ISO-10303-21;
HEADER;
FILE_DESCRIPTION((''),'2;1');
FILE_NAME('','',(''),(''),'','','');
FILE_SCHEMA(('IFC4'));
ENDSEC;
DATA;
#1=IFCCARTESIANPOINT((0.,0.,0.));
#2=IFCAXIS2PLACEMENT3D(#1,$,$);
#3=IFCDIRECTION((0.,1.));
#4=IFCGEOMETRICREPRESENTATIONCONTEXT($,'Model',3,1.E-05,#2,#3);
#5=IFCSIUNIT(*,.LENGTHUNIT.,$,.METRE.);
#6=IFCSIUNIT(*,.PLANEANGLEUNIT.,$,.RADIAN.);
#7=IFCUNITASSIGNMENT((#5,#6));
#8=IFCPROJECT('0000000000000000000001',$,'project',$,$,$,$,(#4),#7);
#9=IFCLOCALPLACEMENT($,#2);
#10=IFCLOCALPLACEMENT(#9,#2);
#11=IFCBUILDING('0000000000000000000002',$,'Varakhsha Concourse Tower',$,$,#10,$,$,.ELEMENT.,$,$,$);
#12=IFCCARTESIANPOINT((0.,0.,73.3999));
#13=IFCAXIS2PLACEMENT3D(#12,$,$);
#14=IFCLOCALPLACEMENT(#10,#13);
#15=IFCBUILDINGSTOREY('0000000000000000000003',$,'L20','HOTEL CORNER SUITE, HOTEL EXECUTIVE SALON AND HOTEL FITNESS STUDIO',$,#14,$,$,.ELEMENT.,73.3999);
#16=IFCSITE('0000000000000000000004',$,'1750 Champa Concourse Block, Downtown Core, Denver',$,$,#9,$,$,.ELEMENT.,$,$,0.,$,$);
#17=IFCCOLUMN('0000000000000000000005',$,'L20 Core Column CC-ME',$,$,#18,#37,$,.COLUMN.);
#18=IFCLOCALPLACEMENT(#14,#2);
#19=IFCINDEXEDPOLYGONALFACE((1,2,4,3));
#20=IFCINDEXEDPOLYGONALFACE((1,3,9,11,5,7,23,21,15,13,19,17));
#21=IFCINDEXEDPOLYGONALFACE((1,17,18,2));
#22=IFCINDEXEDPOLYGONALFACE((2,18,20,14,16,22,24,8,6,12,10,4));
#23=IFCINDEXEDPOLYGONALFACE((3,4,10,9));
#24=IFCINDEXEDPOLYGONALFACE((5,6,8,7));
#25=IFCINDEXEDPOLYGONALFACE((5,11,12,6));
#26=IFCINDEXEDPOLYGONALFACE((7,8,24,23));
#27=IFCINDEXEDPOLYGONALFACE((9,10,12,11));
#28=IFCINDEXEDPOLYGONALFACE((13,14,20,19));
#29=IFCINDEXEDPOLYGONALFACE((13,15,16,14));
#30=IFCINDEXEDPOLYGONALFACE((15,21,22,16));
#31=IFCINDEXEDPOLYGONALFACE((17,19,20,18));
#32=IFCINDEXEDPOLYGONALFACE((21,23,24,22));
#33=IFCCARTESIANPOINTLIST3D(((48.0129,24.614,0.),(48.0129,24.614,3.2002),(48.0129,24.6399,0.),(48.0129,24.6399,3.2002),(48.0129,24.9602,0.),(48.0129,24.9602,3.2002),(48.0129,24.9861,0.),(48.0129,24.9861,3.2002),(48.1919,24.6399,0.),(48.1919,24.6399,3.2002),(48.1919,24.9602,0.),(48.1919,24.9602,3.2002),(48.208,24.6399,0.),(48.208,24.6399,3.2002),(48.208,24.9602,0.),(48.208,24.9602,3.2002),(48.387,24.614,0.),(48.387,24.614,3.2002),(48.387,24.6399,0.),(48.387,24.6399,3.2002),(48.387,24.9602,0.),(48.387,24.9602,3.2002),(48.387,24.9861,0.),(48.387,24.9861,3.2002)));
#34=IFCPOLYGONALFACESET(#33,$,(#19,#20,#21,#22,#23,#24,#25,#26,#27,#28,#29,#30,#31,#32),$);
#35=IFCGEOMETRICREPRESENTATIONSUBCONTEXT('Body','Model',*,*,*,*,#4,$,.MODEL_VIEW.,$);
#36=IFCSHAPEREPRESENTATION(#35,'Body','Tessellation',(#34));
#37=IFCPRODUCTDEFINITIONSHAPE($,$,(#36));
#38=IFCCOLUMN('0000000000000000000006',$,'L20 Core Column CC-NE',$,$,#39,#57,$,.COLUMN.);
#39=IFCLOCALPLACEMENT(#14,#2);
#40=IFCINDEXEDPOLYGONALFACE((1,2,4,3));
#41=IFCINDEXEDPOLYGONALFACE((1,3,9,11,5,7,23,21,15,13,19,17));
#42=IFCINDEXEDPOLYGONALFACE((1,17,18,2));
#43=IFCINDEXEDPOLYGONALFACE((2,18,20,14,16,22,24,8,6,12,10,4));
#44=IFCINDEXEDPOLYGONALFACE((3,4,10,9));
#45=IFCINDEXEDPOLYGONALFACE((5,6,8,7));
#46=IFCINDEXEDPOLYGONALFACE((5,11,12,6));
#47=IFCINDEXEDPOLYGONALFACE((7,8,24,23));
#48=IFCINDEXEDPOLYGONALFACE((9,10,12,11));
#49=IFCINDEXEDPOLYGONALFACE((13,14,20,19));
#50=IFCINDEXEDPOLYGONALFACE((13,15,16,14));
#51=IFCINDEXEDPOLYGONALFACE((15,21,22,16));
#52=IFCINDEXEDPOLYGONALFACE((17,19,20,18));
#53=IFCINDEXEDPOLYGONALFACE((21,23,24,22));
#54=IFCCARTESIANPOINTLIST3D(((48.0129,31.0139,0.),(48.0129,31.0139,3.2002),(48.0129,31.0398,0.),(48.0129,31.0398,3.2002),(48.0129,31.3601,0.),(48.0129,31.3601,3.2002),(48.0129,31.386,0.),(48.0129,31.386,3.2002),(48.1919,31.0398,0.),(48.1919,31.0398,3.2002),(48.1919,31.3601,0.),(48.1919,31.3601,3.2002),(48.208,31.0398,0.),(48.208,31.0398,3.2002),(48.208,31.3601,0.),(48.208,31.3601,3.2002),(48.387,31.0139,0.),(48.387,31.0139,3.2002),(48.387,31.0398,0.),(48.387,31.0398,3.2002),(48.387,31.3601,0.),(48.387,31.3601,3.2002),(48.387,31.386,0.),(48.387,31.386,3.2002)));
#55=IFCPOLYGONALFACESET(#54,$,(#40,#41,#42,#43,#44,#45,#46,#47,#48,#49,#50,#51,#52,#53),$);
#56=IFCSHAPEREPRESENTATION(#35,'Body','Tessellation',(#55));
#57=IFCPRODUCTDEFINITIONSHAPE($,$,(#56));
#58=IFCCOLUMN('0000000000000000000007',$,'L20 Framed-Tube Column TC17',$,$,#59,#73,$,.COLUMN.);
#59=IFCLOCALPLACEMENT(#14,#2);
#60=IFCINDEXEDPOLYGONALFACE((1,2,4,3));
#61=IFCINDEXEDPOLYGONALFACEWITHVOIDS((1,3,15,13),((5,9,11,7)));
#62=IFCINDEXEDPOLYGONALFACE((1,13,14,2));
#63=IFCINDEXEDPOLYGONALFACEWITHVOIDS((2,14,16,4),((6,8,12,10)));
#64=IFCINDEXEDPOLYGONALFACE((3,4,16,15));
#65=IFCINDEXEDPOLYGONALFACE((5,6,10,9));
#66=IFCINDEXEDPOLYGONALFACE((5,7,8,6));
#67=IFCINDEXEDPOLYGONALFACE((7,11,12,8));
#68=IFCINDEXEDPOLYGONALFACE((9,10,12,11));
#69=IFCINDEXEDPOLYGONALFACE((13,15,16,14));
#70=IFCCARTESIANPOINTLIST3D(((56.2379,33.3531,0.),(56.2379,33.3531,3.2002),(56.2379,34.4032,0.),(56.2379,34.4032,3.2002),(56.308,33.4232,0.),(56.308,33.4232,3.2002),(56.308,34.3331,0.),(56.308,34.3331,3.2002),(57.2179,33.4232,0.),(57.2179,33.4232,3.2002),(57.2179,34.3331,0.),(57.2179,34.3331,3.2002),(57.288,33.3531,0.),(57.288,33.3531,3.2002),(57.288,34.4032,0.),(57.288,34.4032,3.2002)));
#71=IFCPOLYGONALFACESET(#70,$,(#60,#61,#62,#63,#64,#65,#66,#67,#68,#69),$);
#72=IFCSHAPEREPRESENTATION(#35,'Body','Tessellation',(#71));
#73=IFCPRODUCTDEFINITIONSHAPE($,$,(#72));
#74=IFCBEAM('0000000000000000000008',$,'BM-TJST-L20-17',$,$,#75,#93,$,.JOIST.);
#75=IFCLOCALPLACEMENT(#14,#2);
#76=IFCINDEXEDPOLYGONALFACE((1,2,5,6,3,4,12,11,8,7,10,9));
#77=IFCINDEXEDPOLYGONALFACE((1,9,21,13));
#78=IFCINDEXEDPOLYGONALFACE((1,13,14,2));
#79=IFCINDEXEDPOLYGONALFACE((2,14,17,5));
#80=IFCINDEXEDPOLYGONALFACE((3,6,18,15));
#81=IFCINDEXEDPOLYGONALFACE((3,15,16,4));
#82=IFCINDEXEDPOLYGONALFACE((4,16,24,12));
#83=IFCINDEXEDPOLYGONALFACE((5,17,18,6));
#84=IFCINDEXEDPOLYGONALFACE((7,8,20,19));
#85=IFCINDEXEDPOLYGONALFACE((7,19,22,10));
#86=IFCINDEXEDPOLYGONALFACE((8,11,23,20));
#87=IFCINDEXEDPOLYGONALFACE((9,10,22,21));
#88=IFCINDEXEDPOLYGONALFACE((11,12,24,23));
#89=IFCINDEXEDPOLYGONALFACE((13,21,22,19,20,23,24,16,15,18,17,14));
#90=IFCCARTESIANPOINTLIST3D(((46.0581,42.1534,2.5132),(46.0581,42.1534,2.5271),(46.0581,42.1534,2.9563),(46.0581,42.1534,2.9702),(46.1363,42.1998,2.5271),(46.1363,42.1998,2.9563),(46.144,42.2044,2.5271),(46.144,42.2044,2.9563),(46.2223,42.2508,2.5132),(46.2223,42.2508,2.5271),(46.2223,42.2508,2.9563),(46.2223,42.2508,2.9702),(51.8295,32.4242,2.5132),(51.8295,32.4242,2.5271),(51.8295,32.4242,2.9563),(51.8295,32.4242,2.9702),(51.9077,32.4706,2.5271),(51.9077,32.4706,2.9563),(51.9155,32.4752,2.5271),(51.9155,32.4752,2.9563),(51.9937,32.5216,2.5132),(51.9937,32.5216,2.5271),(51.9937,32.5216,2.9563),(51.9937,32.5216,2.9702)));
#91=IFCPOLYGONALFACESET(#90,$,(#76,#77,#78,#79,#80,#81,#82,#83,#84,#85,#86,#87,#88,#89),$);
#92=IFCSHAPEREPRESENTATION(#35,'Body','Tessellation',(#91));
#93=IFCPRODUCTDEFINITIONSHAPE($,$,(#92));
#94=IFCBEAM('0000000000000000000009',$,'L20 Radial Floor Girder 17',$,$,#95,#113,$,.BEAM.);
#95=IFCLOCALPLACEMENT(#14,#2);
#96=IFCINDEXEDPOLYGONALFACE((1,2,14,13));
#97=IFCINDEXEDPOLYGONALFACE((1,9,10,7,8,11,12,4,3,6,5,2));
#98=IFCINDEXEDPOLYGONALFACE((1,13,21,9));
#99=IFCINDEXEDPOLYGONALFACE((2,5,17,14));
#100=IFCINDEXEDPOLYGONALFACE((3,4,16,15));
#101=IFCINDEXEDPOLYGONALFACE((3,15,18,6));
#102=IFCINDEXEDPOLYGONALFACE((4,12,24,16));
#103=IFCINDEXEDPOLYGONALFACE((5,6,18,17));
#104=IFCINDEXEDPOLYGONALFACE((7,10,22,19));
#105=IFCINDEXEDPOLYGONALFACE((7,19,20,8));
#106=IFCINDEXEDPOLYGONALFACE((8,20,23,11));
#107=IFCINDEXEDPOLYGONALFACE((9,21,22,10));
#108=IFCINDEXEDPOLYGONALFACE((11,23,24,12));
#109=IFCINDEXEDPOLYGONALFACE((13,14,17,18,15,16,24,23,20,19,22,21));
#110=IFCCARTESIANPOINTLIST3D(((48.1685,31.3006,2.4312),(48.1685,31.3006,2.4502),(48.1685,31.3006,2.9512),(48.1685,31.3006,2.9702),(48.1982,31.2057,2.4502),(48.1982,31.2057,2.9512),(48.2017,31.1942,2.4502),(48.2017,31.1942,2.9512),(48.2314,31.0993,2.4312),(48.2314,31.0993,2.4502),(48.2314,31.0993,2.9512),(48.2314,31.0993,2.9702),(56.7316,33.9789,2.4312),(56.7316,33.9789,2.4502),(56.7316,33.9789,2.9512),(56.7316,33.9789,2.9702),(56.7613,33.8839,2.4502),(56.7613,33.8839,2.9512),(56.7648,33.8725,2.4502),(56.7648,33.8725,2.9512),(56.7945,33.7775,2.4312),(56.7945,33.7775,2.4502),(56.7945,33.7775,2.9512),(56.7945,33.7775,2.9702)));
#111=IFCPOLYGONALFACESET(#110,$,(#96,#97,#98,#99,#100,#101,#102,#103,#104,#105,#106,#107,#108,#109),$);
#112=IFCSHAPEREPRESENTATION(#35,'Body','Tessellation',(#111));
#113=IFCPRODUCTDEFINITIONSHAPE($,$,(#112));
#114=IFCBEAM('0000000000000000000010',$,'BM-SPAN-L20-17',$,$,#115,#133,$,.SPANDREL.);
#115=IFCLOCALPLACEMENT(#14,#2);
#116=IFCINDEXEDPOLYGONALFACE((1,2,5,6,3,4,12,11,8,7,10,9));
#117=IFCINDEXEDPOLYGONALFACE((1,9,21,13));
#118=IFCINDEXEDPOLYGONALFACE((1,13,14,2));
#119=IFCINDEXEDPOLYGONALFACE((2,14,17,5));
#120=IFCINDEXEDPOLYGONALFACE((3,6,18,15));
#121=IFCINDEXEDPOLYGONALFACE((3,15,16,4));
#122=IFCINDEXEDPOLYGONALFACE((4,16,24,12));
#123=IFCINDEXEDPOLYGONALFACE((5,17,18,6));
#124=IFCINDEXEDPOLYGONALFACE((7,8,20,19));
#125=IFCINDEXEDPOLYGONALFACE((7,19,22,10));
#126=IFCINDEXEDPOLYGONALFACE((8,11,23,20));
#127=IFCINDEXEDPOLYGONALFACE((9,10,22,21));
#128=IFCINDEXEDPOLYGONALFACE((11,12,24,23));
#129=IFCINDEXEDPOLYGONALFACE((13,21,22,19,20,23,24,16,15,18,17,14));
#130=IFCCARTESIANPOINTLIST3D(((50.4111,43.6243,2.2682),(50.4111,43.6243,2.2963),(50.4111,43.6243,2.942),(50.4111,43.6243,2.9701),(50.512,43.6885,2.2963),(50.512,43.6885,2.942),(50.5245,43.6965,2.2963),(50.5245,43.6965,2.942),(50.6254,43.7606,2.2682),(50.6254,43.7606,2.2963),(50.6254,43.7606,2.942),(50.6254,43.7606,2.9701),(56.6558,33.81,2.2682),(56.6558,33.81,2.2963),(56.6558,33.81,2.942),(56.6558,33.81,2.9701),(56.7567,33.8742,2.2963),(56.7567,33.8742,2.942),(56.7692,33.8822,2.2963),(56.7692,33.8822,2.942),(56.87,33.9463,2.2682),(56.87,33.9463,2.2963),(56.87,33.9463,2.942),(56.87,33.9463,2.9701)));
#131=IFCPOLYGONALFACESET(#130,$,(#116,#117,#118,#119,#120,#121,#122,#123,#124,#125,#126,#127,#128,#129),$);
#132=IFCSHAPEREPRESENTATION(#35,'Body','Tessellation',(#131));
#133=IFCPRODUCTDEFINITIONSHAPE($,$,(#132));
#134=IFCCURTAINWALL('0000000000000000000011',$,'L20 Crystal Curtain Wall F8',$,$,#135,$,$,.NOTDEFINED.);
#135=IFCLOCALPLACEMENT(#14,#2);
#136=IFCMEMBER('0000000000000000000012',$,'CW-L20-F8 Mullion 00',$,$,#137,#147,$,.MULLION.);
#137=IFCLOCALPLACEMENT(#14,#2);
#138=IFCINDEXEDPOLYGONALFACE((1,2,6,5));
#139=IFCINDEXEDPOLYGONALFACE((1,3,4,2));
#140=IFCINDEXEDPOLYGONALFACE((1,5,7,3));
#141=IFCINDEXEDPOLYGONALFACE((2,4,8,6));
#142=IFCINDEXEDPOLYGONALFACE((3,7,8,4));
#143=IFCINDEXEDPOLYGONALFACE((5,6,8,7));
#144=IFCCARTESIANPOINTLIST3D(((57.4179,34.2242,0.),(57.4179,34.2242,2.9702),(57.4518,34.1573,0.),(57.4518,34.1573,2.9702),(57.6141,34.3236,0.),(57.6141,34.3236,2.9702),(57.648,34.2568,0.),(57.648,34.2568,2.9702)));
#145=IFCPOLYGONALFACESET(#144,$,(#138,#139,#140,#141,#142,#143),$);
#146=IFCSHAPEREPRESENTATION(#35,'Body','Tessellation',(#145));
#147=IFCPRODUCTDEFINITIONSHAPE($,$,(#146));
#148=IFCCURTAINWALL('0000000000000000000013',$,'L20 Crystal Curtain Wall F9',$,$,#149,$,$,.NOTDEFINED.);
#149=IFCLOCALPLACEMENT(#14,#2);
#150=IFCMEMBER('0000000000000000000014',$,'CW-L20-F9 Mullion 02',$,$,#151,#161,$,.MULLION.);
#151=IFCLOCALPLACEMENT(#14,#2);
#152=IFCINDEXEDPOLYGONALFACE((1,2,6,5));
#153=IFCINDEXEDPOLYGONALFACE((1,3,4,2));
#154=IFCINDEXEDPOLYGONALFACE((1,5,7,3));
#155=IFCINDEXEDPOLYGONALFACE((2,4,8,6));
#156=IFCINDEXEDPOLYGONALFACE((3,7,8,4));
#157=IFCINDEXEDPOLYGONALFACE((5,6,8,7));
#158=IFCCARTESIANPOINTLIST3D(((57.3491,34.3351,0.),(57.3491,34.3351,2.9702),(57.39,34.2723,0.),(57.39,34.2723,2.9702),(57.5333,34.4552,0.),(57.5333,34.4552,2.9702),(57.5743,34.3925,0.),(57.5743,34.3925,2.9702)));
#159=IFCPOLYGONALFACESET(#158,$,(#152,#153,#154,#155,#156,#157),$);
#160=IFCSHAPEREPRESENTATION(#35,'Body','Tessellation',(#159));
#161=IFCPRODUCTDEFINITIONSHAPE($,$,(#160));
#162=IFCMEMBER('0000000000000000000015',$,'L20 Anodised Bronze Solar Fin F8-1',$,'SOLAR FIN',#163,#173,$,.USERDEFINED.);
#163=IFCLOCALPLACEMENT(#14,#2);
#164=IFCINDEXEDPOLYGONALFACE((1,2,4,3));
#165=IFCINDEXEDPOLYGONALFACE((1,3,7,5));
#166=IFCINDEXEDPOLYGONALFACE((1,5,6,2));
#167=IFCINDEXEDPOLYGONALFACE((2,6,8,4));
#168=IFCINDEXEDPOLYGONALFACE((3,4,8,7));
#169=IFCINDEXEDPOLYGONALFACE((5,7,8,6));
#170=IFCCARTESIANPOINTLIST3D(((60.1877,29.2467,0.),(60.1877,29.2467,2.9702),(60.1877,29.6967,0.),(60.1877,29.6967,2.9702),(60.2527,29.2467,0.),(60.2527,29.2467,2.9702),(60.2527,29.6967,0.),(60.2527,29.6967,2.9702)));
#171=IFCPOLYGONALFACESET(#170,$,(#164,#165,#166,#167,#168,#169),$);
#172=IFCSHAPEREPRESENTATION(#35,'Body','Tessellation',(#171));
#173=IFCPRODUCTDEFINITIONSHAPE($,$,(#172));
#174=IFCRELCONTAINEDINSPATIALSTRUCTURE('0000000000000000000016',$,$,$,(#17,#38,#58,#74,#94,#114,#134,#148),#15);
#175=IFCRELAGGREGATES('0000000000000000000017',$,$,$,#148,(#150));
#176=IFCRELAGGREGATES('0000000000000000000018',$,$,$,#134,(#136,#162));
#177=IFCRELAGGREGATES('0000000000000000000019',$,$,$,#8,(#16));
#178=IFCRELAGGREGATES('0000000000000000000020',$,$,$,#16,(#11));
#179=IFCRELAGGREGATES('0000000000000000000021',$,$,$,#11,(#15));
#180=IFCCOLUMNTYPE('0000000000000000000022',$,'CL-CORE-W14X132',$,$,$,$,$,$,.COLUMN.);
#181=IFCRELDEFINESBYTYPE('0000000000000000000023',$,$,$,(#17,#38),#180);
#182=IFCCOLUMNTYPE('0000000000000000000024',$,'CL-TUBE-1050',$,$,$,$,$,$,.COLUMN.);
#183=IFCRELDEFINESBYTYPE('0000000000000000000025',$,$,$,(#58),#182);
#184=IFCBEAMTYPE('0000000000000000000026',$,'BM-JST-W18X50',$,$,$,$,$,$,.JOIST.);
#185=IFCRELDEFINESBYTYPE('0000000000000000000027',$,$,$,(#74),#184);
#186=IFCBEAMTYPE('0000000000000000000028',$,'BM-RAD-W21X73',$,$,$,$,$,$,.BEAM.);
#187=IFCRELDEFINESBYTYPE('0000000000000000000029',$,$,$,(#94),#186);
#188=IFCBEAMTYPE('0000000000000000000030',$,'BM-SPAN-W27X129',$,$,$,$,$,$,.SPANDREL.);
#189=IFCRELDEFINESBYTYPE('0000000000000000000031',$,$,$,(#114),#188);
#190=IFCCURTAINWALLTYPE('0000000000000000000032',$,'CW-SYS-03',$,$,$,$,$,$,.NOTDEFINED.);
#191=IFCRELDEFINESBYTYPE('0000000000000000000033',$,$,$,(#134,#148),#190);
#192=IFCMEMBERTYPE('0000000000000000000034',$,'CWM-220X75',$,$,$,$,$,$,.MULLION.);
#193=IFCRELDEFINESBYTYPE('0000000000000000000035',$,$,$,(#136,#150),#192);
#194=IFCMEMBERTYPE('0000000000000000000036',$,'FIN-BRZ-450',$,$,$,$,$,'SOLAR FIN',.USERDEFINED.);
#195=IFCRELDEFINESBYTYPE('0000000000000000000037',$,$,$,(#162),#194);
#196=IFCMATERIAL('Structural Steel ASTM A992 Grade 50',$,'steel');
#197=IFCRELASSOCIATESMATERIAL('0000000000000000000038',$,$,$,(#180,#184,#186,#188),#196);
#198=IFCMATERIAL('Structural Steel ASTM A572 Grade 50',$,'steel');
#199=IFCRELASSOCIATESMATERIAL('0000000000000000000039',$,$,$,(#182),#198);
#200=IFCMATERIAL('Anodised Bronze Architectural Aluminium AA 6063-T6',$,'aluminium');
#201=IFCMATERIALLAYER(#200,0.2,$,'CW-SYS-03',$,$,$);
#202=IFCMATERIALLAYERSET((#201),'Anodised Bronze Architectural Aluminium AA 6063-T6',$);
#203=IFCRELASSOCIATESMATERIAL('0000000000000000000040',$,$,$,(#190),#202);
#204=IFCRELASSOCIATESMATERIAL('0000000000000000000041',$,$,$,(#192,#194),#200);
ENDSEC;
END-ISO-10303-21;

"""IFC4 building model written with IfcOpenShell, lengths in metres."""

from ifc_helpers import new_model, si_unit, direction, frame, origin, origin_2d, place, context, subcontext, project, spatial, rectangle, hollow_rectangle, i_section, extrude, source, transform, mapped, material, layer, layer_set, material_profile, profile_set, type_object, type_shapes, element, aggregate, save


model = new_model("IFC4")

# Units and contexts
model_context = context("Model", 3, precision=1e-05, world=origin(), true_north=direction((0.0, 1.0)))
body_context = subcontext(model_context, "Body", "Model", "MODEL_VIEW")
ifc_project = project(units=[si_unit("LENGTHUNIT", "METRE"), si_unit("PLANEANGLEUNIT", "RADIAN")], contexts=[model_context])

# Site, building, storey
site_placement = place(None, origin())
site = spatial("IfcSite", under=ifc_project, at=site_placement, Name="1750 Champa Concourse Block, Downtown Core, Denver", CompositionType="ELEMENT", RefElevation=0.0)
building_placement = place(site_placement, origin())
building = spatial("IfcBuilding", under=site, at=building_placement, Name="Varakhsha Concourse Tower", CompositionType="ELEMENT")
storey_placement = place(building_placement, frame((0.0, 0.0, 73.3999)))
storey = spatial("IfcBuildingStorey", under=building, at=storey_placement, Name="L20", Description="HOTEL CORNER SUITE, HOTEL EXECUTIVE SALON AND HOTEL FITNESS STUDIO", CompositionType="ELEMENT", Elevation=73.3999)

# Columns
ifc_material_1 = material(Name="Structural Steel ASTM A992 Grade 50", Category="steel")
ifc_material_profile_1 = material_profile(ifc_material_1, i_section(OverallWidth=0.374, OverallDepth=0.3721, WebThickness=0.0161, FlangeThickness=0.0259, at=origin_2d()), Name="W14X132")
ifc_profile_set_1 = profile_set([ifc_material_profile_1], Name="Structural Steel ASTM A992 Grade 50")
column_type_1 = type_object("IfcColumnType", Name="CL-CORE-W14X132", PredefinedType="COLUMN", material=ifc_profile_set_1)
for number, where, z_axis, x_axis, name in (
    (1, (48.2, 24.8, 0.0), (0.0, 0.0, 1.0), (1.0, 0.0, 0.0), "L20 Core Column CC-ME"),
    (2, (48.2, 31.2, 0.0), (0.0, 0.0, 1.0), (1.0, 0.0, 0.0), "L20 Core Column CC-NE"),
):
    element("IfcColumn", number, at=place(storey_placement, frame(where, z_axis=z_axis, x_axis=x_axis)), inside=storey, type_object=column_type_1, Name=name, PredefinedType="COLUMN", context=body_context, shape_type="SweptSolid", body=[
        extrude(i_section(OverallWidth=0.374, OverallDepth=0.3721, WebThickness=0.0161, FlangeThickness=0.0259, at=origin_2d()), origin(), (0.0, 0.0, 1.0), 3.2002),
    ])
ifc_material_2 = material(Name="Structural Steel ASTM A572 Grade 50", Category="steel")
ifc_material_profile_2 = material_profile(ifc_material_2, hollow_rectangle(XDim=1.05, YDim=1.05, WallThickness=0.0701, at=origin_2d()), Name="BOX 1050x1050x70")
ifc_profile_set_2 = profile_set([ifc_material_profile_2], Name="Structural Steel ASTM A572 Grade 50")
column_type_2 = type_object("IfcColumnType", Name="CL-TUBE-1050", PredefinedType="COLUMN", material=ifc_profile_set_2)
column_placement = place(storey_placement, frame((56.7629, 33.8782, 0.0), z_axis=(0.0, 0.0, 1.0), x_axis=(1.0, 0.0, 0.0)))
element("IfcColumn", 3, at=column_placement, inside=storey, type_object=column_type_2, Name="L20 Framed-Tube Column TC17", PredefinedType="COLUMN", context=body_context, shape_type="SweptSolid", body=[
    extrude(hollow_rectangle(XDim=1.05, YDim=1.05, WallThickness=0.0701, at=origin_2d()), origin(), (0.0, 0.0, 1.0), 3.2002),
])

# Beams
ifc_material_profile_3 = material_profile(ifc_material_1, i_section(OverallWidth=0.1909, OverallDepth=0.457, WebThickness=0.009, FlangeThickness=0.0139, at=origin_2d()), Name="W18X50")
ifc_profile_set_3 = profile_set([ifc_material_profile_3], Name="Structural Steel ASTM A992 Grade 50")
beam_type_1 = type_object("IfcBeamType", Name="BM-JST-W18X50", PredefinedType="JOIST", material=ifc_profile_set_3)
beam_1_placement = place(storey_placement, frame((51.9116, 32.4729, 2.7417), z_axis=(-0.510195, 0.860059, 0.0), x_axis=(-0.860059, -0.510195, 0.0)))
element("IfcBeam", 4, at=beam_1_placement, inside=storey, type_object=beam_type_1, Name="BM-TJST-L20-17", PredefinedType="JOIST", context=body_context, shape_type="SweptSolid", body=[
    extrude(i_section(OverallWidth=0.1909, OverallDepth=0.457, WebThickness=0.009, FlangeThickness=0.0139, at=origin_2d()), origin(), (0.0, 0.0, 1.0), 11.3123),
])
ifc_material_profile_4 = material_profile(ifc_material_1, i_section(OverallWidth=0.2109, OverallDepth=0.5391, WebThickness=0.012, FlangeThickness=0.019, at=origin_2d()), Name="W21X73")
ifc_profile_set_4 = profile_set([ifc_material_profile_4], Name="Structural Steel ASTM A992 Grade 50")
beam_type_2 = type_object("IfcBeamType", Name="BM-RAD-W21X73", PredefinedType="BEAM", material=ifc_profile_set_4)
beam_2_placement = place(storey_placement, frame((48.2, 31.2, 2.7007), z_axis=(0.954407, 0.298507, 0.0), x_axis=(-0.298507, 0.954407, 0.0)))
element("IfcBeam", 5, at=beam_2_placement, inside=storey, type_object=beam_type_2, Name="L20 Radial Floor Girder 17", PredefinedType="BEAM", context=body_context, shape_type="SweptSolid", body=[
    extrude(i_section(OverallWidth=0.2109, OverallDepth=0.5391, WebThickness=0.012, FlangeThickness=0.019, at=origin_2d()), origin(), (0.0, 0.0, 1.0), 8.9722),
])
ifc_material_profile_5 = material_profile(ifc_material_1, i_section(OverallWidth=0.2539, OverallDepth=0.7019, WebThickness=0.0149, FlangeThickness=0.0281, at=origin_2d()), Name="W27X129")
ifc_profile_set_5 = profile_set([ifc_material_profile_5], Name="Structural Steel ASTM A992 Grade 50")
beam_type_3 = type_object("IfcBeamType", Name="BM-SPAN-W27X129", PredefinedType="SPANDREL", material=ifc_profile_set_5)
beam_3_placement = place(storey_placement, frame((56.7629, 33.8782, 2.6191), z_axis=(-0.536828, 0.843692, 0.0), x_axis=(-0.843692, -0.536828, 0.0)))
element("IfcBeam", 6, at=beam_3_placement, inside=storey, type_object=beam_type_3, Name="BM-SPAN-L20-17", PredefinedType="SPANDREL", context=body_context, shape_type="SweptSolid", body=[
    extrude(i_section(OverallWidth=0.2539, OverallDepth=0.7019, WebThickness=0.0149, FlangeThickness=0.0281, at=origin_2d()), origin(), (0.0, 0.0, 1.0), 11.6326),
])

# Curtain walls, members
ifc_material_3 = material(Name="Anodised Bronze Architectural Aluminium AA 6063-T6", Category="aluminium")
ifc_layer_1 = layer(ifc_material_3, 0.2, Name="CW-SYS-03")
ifc_layer_set_1 = layer_set([ifc_layer_1], Name="Anodised Bronze Architectural Aluminium AA 6063-T6")
curtain_wall_type = type_object("IfcCurtainWallType", Name="CW-SYS-03", PredefinedType="NOTDEFINED", material=ifc_layer_set_1)
curtain_wall_1_placement = place(storey_placement, origin())
curtain_wall_1 = element("IfcCurtainWall", 7, at=curtain_wall_1_placement, inside=storey, type_object=curtain_wall_type, Name="L20 Crystal Curtain Wall F8", PredefinedType="NOTDEFINED")
ifc_material_profile_6 = material_profile(ifc_material_3, rectangle(XDim=0.075, YDim=0.22, at=origin_2d()), Name="CWM-220X75")
ifc_profile_set_6 = profile_set([ifc_material_profile_6], Name="Anodised Bronze Architectural Aluminium AA 6063-T6")
member_type_1 = type_object("IfcMemberType", Name="CWM-220X75", PredefinedType="MULLION", material=ifc_profile_set_6)
shared_shape_1 = source(origin(), body_context, "Body", "SweptSolid", [
    extrude(rectangle(XDim=0.075, YDim=0.22, at=origin_2d()), origin(), (0.0, 0.0, 1.0), 2.9702),
])
type_shapes(member_type_1, [shared_shape_1])
member_1_placement = place(storey_placement, frame((57.533, 34.2405, 0.0), z_axis=(0.0, 0.0, 1.0), x_axis=(0.452274, -0.891879, 0.0)))
member_1 = element("IfcMember", 8, at=member_1_placement, type_object=member_type_1, Name="CW-L20-F8 Mullion 00", PredefinedType="MULLION", context=body_context, shape_type="MappedRepresentation", body=[
    mapped(shared_shape_1, transform((0.0, 0.0, 0.0), scale=1.0)),
])
curtain_wall_2_placement = place(storey_placement, origin())
curtain_wall_2 = element("IfcCurtainWall", 9, at=curtain_wall_2_placement, inside=storey, type_object=curtain_wall_type, Name="L20 Crystal Curtain Wall F9", PredefinedType="NOTDEFINED")
member_2_placement = place(storey_placement, frame((57.4617, 34.3638, 0.0), z_axis=(0.0, 0.0, 1.0), x_axis=(0.54625, -0.837622, 0.0)))
member_2 = element("IfcMember", 10, at=member_2_placement, type_object=member_type_1, Name="CW-L20-F9 Mullion 02", PredefinedType="MULLION", context=body_context, shape_type="MappedRepresentation", body=[
    mapped(shared_shape_1, transform((0.0, 0.0, 0.0), scale=1.0)),
])
aggregate(curtain_wall_2, [member_2])

# Member
ifc_material_profile_7 = material_profile(ifc_material_3, rectangle(XDim=0.0649, YDim=0.45, at=origin_2d()), Name="FIN-BRZ-450")
ifc_profile_set_7 = profile_set([ifc_material_profile_7], Name="Anodised Bronze Architectural Aluminium AA 6063-T6")
member_type_2 = type_object("IfcMemberType", Name="FIN-BRZ-450", ElementType="SOLAR FIN", PredefinedType="USERDEFINED", material=ifc_profile_set_7)
shared_shape_2 = source(origin(), body_context, "Body", "SweptSolid", [
    extrude(rectangle(XDim=0.0649, YDim=0.45, at=origin_2d()), origin(), (0.0, 0.0, 1.0), 2.9702),
])
type_shapes(member_type_2, [shared_shape_2])
member_3_placement = place(storey_placement, frame((60.2202, 29.4717, 0.0), z_axis=(0.0, 0.0, 1.0), x_axis=(1.0, 0.0, 0.0)))
member_3 = element("IfcMember", 11, at=member_3_placement, type_object=member_type_2, Name="L20 Anodised Bronze Solar Fin F8-1", ObjectType="SOLAR FIN", PredefinedType="USERDEFINED", context=body_context, shape_type="MappedRepresentation", body=[
    mapped(shared_shape_2, transform((0.0, 0.0, 0.0), scale=1.0)),
])

aggregate(curtain_wall_1, [member_1, member_3])

save(model, "model.ifc")
